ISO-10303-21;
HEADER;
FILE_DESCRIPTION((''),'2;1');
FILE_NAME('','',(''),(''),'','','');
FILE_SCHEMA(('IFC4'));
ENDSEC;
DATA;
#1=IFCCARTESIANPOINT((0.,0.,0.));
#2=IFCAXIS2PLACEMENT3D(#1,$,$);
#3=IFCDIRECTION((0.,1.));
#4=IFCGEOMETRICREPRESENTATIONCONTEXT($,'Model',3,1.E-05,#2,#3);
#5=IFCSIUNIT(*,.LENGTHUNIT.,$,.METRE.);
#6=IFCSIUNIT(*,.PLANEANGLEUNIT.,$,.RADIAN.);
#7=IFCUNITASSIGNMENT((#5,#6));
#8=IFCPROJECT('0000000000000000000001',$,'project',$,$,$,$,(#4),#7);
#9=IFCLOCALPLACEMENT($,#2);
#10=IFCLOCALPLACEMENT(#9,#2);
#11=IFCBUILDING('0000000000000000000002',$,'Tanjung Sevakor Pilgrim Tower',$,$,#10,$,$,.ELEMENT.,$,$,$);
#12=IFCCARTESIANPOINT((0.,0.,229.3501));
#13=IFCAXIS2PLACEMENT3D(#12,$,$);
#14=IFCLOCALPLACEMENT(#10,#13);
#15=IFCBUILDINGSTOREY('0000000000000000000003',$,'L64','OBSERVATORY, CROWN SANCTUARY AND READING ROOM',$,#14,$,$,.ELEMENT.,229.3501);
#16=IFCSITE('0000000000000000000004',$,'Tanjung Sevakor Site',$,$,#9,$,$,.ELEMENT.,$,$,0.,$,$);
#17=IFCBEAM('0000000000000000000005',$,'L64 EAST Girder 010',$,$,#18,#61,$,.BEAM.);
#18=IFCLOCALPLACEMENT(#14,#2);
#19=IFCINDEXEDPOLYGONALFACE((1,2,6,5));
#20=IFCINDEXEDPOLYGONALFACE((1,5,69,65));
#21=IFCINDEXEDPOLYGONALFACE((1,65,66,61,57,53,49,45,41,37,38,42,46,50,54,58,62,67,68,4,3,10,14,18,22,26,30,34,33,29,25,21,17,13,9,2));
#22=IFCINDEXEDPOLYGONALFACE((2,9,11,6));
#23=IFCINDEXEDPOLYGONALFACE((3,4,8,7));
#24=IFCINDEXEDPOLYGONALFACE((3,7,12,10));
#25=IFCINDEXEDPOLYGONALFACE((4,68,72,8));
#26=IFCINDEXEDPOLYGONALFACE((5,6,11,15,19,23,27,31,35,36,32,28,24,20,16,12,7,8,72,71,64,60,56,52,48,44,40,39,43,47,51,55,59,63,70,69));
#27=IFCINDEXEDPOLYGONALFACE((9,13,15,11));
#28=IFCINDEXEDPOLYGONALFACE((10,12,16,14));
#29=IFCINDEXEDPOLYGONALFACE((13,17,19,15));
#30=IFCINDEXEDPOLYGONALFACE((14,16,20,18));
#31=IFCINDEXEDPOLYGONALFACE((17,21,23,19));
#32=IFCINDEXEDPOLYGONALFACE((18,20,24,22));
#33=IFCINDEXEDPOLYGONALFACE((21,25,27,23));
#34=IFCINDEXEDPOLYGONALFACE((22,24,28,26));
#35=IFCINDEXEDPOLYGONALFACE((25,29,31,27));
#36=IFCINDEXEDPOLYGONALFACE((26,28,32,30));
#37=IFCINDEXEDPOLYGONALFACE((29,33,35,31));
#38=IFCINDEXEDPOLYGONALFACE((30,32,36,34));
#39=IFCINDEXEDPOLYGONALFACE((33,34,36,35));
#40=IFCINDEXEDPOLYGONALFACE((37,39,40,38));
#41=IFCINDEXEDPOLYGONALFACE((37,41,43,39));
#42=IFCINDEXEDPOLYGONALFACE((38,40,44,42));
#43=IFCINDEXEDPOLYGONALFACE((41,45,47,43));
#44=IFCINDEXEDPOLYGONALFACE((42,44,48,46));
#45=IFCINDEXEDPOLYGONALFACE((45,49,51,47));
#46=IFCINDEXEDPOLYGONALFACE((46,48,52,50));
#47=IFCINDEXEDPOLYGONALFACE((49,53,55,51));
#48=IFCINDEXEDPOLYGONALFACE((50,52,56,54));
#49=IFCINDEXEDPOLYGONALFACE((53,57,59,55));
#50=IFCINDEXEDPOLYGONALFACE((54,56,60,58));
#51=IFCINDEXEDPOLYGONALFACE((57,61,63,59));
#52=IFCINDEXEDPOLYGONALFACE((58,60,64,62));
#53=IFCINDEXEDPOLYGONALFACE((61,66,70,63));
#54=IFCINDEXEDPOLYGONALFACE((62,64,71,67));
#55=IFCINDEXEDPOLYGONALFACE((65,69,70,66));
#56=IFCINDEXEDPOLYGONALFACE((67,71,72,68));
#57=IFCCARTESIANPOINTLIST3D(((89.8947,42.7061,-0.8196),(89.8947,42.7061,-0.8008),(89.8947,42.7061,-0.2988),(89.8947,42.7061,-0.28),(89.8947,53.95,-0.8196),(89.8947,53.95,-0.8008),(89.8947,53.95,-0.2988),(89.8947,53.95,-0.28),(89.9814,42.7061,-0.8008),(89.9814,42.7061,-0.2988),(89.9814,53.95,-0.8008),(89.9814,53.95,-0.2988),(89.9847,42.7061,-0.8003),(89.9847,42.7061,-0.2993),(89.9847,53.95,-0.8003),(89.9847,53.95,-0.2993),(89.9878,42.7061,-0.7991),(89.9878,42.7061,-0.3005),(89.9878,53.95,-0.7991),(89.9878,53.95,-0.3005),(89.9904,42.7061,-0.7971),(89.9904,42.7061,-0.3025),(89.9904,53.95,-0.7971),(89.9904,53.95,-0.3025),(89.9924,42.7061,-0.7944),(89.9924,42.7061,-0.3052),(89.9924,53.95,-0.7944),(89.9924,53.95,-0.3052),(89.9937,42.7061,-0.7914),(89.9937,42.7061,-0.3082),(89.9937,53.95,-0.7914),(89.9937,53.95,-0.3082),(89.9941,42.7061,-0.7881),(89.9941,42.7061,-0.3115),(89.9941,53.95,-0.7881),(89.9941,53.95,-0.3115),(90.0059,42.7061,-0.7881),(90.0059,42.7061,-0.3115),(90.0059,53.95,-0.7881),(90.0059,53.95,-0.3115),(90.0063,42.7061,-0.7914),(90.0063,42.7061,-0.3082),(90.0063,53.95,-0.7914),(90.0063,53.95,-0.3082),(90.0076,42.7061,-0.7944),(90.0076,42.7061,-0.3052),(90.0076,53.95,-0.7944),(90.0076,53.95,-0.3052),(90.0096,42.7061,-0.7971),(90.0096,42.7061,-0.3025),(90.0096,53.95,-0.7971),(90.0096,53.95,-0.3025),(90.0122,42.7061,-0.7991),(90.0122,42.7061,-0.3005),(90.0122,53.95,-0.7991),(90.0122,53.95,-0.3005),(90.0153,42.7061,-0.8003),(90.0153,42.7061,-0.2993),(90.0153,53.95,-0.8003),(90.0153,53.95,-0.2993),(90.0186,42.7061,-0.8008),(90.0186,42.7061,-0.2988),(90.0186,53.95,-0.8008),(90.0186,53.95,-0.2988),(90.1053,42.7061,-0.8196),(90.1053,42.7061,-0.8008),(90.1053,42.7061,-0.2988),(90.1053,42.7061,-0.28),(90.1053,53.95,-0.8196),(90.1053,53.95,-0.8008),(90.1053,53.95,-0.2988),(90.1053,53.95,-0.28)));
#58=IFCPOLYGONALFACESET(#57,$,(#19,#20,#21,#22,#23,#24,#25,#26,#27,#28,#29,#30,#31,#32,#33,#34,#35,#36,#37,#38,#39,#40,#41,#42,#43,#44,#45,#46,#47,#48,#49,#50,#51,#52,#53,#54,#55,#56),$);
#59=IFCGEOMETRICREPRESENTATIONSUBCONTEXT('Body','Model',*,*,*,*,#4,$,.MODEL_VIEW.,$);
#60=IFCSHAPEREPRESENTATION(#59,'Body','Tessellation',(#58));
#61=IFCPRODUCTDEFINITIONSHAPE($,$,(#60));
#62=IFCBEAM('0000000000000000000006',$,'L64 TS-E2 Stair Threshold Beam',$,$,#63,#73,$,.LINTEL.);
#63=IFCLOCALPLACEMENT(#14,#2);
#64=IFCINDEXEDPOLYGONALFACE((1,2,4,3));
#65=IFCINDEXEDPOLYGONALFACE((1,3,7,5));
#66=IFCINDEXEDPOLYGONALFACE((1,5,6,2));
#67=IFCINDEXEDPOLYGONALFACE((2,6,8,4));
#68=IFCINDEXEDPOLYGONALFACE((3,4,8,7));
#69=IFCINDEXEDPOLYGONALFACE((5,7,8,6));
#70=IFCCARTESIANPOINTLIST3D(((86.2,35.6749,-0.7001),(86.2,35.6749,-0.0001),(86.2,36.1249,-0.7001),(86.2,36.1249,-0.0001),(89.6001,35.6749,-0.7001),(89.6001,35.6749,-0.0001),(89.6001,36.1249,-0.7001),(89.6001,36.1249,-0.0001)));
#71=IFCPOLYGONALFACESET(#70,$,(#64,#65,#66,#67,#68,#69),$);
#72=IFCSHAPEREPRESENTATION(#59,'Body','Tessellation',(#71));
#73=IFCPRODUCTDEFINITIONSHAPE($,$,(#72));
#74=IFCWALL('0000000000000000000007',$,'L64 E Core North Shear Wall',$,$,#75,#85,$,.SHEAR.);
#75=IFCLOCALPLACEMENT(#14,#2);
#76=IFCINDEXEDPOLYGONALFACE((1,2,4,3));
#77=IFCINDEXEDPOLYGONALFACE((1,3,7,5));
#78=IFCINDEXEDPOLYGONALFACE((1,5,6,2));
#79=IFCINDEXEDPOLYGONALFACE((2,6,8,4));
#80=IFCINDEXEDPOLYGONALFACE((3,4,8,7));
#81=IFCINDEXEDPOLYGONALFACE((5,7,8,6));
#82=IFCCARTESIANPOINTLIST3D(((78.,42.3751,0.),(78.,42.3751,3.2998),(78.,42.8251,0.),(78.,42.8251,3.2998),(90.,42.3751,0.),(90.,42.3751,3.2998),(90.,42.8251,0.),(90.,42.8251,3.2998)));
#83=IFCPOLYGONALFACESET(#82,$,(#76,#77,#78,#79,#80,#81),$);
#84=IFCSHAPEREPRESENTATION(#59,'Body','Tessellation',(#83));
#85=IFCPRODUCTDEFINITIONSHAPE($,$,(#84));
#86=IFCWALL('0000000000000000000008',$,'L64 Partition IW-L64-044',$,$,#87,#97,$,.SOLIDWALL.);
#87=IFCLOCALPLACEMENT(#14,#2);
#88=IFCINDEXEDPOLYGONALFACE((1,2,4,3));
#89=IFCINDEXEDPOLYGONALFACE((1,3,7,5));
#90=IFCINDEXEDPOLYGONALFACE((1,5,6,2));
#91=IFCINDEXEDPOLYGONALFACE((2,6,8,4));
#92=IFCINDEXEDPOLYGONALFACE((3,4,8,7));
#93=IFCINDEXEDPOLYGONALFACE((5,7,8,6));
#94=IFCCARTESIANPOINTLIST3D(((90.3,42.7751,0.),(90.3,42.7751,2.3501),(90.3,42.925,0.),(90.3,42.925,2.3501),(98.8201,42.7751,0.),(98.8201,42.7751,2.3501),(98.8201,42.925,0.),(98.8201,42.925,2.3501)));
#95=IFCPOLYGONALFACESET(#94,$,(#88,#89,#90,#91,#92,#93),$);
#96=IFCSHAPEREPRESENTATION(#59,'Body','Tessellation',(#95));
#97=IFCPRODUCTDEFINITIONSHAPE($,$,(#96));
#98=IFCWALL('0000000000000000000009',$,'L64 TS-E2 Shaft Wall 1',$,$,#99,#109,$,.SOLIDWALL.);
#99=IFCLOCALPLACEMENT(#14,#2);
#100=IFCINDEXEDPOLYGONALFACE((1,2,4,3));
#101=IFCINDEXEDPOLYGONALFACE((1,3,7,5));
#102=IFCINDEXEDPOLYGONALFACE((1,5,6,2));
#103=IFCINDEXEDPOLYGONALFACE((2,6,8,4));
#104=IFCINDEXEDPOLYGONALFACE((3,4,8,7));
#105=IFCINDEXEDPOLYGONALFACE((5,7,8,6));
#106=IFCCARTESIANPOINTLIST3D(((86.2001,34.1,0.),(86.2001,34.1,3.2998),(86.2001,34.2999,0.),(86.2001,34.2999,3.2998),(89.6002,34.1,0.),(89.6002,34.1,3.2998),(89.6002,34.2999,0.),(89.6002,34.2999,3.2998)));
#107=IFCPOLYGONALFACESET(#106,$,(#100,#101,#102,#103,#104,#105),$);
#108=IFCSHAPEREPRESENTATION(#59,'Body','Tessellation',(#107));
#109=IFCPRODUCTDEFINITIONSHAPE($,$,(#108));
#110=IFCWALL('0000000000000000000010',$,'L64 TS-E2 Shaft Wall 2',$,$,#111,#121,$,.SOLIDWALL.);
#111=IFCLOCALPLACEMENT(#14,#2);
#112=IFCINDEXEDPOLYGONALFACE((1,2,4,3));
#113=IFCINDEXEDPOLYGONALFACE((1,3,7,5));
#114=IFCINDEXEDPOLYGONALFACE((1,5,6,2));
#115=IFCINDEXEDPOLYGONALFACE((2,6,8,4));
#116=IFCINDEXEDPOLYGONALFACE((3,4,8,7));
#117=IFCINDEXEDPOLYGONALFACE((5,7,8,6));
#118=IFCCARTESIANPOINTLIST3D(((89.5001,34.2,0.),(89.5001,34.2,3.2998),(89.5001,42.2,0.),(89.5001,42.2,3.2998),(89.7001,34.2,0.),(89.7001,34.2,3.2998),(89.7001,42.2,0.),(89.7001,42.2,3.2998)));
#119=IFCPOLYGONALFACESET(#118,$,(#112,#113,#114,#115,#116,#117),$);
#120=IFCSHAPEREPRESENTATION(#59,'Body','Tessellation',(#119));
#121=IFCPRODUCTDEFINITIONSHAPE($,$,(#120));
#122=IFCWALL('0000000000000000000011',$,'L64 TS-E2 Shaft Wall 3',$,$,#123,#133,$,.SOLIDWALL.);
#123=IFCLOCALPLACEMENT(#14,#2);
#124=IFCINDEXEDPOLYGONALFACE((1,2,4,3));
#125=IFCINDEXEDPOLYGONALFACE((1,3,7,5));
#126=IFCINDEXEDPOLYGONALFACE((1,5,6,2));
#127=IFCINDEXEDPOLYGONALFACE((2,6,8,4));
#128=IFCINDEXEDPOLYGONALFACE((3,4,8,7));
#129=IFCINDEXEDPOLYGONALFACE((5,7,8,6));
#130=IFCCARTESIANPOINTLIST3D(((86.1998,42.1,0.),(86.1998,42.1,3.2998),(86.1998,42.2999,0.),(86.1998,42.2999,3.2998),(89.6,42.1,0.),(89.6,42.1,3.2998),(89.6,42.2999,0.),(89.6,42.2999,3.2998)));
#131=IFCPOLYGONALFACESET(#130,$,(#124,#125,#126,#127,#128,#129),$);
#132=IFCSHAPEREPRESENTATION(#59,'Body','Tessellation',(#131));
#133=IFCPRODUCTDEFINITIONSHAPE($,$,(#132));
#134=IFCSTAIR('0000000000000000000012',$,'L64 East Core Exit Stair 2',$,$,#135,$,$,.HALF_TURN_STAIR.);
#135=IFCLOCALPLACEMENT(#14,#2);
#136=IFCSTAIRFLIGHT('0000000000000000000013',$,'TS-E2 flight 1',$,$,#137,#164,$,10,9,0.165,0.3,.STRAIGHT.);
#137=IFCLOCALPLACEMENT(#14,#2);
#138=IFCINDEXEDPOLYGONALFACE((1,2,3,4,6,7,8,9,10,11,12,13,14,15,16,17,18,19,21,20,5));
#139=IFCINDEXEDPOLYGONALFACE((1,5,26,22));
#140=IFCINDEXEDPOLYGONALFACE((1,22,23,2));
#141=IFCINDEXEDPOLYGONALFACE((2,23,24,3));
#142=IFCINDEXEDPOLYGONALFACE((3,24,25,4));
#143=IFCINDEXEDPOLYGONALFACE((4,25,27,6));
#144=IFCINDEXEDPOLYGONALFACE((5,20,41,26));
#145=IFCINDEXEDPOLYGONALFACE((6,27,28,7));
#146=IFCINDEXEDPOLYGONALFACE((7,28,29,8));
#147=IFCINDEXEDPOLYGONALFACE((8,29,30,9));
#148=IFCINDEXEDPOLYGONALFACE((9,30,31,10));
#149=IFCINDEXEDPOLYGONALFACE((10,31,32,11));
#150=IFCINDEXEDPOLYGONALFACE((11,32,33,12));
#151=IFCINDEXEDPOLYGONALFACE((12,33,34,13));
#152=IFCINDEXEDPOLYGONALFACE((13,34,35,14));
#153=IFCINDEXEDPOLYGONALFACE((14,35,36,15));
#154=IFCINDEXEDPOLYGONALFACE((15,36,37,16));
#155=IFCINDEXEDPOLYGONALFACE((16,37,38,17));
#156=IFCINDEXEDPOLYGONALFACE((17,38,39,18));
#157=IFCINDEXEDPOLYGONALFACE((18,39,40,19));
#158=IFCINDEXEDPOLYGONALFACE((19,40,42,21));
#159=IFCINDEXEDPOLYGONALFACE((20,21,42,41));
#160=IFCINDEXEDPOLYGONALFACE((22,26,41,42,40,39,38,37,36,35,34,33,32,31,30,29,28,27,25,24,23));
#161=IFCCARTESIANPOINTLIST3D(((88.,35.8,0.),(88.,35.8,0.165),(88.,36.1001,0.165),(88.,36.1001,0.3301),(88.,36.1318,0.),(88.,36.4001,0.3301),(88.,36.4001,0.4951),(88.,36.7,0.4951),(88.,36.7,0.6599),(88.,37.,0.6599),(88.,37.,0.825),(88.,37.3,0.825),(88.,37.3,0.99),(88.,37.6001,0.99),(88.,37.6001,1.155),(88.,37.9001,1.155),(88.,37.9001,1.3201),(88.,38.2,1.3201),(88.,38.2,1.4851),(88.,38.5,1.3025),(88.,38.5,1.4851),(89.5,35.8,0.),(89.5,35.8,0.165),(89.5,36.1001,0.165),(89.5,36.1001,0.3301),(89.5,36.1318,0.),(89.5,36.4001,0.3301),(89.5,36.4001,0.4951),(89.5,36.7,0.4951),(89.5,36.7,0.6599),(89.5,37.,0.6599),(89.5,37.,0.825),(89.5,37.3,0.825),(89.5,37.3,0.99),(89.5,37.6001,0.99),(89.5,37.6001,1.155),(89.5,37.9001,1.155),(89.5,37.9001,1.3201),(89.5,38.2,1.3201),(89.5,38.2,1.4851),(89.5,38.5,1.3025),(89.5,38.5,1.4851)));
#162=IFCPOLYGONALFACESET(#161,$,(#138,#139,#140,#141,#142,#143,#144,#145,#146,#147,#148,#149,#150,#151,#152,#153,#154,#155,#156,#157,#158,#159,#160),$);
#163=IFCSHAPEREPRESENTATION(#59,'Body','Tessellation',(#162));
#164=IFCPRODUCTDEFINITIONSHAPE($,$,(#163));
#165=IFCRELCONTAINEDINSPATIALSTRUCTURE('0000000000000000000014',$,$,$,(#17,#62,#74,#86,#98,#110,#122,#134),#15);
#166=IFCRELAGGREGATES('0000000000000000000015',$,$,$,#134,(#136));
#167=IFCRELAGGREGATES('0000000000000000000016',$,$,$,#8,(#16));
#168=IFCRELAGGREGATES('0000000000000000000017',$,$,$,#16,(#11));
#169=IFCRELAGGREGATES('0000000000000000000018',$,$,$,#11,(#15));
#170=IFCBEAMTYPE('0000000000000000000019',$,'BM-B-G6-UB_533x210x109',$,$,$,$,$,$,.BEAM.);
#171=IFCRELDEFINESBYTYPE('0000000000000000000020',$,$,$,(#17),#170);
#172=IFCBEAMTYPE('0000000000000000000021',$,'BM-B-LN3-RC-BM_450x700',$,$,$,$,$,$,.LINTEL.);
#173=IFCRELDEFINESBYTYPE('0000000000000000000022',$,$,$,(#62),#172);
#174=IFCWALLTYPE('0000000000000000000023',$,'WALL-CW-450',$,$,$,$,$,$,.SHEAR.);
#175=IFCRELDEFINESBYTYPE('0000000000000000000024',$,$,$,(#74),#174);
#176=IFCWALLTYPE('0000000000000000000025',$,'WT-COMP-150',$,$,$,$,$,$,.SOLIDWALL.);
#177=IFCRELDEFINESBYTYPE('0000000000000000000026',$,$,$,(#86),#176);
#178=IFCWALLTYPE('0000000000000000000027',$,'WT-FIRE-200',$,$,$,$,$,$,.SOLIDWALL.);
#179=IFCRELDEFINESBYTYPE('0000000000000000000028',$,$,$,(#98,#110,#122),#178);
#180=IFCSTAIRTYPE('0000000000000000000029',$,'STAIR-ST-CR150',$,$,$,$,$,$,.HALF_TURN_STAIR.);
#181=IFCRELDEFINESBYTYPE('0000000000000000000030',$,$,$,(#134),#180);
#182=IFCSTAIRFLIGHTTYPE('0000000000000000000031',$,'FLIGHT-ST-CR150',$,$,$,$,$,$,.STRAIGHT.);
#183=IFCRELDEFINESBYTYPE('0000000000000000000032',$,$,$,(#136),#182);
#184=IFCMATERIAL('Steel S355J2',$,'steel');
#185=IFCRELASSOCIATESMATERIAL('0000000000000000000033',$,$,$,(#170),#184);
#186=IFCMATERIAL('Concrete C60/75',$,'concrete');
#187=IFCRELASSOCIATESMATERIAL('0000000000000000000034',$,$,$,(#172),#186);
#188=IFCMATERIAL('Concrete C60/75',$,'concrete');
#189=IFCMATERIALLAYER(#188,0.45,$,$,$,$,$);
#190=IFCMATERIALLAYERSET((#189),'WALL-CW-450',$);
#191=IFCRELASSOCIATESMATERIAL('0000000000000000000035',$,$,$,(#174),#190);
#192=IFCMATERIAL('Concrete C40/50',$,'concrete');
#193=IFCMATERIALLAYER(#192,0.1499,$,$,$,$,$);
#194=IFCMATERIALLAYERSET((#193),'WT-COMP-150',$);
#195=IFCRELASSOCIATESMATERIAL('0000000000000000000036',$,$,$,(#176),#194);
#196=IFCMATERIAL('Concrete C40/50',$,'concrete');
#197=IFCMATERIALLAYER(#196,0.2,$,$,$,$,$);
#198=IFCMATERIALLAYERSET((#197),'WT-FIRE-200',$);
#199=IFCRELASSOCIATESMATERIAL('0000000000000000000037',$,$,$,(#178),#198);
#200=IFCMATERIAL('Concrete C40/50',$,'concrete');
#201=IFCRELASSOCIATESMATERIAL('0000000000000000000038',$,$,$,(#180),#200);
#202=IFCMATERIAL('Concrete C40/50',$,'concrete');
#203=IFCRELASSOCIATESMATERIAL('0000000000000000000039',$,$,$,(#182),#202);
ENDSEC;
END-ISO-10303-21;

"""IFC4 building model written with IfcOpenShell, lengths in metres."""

from ifc_helpers import new_model, si_unit, direction, frame, frame_2d, origin, origin_2d, place, context, subcontext, project, spatial, polyline, rectangle, i_section, outline, extrude, material, layer, layer_set, material_profile, profile_set, type_object, element, aggregate, save


model = new_model("IFC4")

# Units and contexts
model_context = context("Model", 3, precision=1e-05, world=origin(), true_north=direction((0.0, 1.0)))
body_context = subcontext(model_context, "Body", "Model", "MODEL_VIEW")
ifc_project = project(units=[si_unit("LENGTHUNIT", "METRE"), si_unit("PLANEANGLEUNIT", "RADIAN")], contexts=[model_context])

# Site, building, storey
site_placement = place(None, origin())
site = spatial("IfcSite", under=ifc_project, at=site_placement, Name="Tanjung Sevakor Site", CompositionType="ELEMENT", RefElevation=0.0)
building_placement = place(site_placement, origin())
building = spatial("IfcBuilding", under=site, at=building_placement, Name="Tanjung Sevakor Pilgrim Tower", CompositionType="ELEMENT")
storey_placement = place(building_placement, frame((0.0, 0.0, 229.3501)))
storey = spatial("IfcBuildingStorey", under=building, at=storey_placement, Name="L64", Description="OBSERVATORY, CROWN SANCTUARY AND READING ROOM", CompositionType="ELEMENT", Elevation=229.3501)

# Beams
ifc_material_1 = material(Name="Steel S355J2", Category="steel")
ifc_material_profile_1 = material_profile(ifc_material_1, i_section(OverallWidth=0.2107, OverallDepth=0.5396, WebThickness=0.0117, FlangeThickness=0.0188, FilletRadius=0.0127, at=origin_2d()))
ifc_profile_set_1 = profile_set([ifc_material_profile_1], Name="Steel S355J2")
beam_type_1 = type_object("IfcBeamType", Name="BM-B-G6-UB_533x210x109", PredefinedType="BEAM", material=ifc_profile_set_1)
beam_1_placement = place(storey_placement, frame((90.0, 42.7061, -0.5498), z_axis=(0.0, 1.0, 0.0), x_axis=(-1.0, 0.0, 0.0)))
element("IfcBeam", 1, at=beam_1_placement, inside=storey, type_object=beam_type_1, Name="L64 EAST Girder 010", PredefinedType="BEAM", context=body_context, shape_type="SweptSolid", body=[
    extrude(i_section(OverallWidth=0.2107, OverallDepth=0.5396, WebThickness=0.0117, FlangeThickness=0.0188, FilletRadius=0.0127, at=origin_2d()), origin(), (0.0, 0.0, 1.0), 11.2439),
])
ifc_material_2 = material(Name="Concrete C60/75", Category="concrete")
ifc_material_profile_2 = material_profile(ifc_material_2, rectangle(XDim=0.45, YDim=0.7, at=origin_2d()))
ifc_profile_set_2 = profile_set([ifc_material_profile_2], Name="Concrete C60/75")
beam_type_2 = type_object("IfcBeamType", Name="BM-B-LN3-RC-BM_450x700", PredefinedType="LINTEL", material=ifc_profile_set_2)
beam_2_placement = place(storey_placement, frame((86.2, 35.8999, -0.3501), z_axis=(1.0, 0.0, 0.0), x_axis=(0.0, 1.0, 0.0)))
element("IfcBeam", 2, at=beam_2_placement, inside=storey, type_object=beam_type_2, Name="L64 TS-E2 Stair Threshold Beam", PredefinedType="LINTEL", context=body_context, shape_type="SweptSolid", body=[
    extrude(rectangle(XDim=0.45, YDim=0.7, at=origin_2d()), origin(), (0.0, 0.0, 1.0), 3.4001),
])

# Walls
ifc_material_3 = material(Name="Concrete C60/75", Category="concrete")
ifc_layer_1 = layer(ifc_material_3, 0.45)
ifc_layer_set_1 = layer_set([ifc_layer_1], Name="WALL-CW-450")
wall_type_1 = type_object("IfcWallType", Name="WALL-CW-450", PredefinedType="SHEAR", material=ifc_layer_set_1)
wall_1_placement = place(storey_placement, frame((90.0, 42.6001, 0.0), z_axis=(0.0, 0.0, 1.0), x_axis=(-1.0, 0.0, 0.0)))
element("IfcWall", 3, at=wall_1_placement, inside=storey, type_object=wall_type_1, Name="L64 E Core North Shear Wall", PredefinedType="SHEAR", context=body_context, shape_type="SweptSolid", body=[
    extrude(rectangle(XDim=12.0, YDim=0.45, at=frame_2d((6.0, 0.0))), origin(), (0.0, 0.0, 1.0), 3.2998),
])
ifc_material_4 = material(Name="Concrete C40/50", Category="concrete")
ifc_layer_2 = layer(ifc_material_4, 0.1499)
ifc_layer_set_2 = layer_set([ifc_layer_2], Name="WT-COMP-150")
wall_type_2 = type_object("IfcWallType", Name="WT-COMP-150", PredefinedType="SOLIDWALL", material=ifc_layer_set_2)
wall_2_placement = place(storey_placement, frame((90.3, 42.8501, 0.0), z_axis=(0.0, 0.0, 1.0), x_axis=(1.0, 0.0, 0.0)))
element("IfcWall", 4, at=wall_2_placement, inside=storey, type_object=wall_type_2, Name="L64 Partition IW-L64-044", PredefinedType="SOLIDWALL", context=body_context, shape_type="SweptSolid", body=[
    extrude(rectangle(XDim=8.52, YDim=0.1499, at=frame_2d((4.26, 0.0))), origin(), (0.0, 0.0, 1.0), 2.3501),
])
ifc_material_5 = material(Name="Concrete C40/50", Category="concrete")
ifc_layer_3 = layer(ifc_material_5, 0.2)
ifc_layer_set_3 = layer_set([ifc_layer_3], Name="WT-FIRE-200")
wall_type_3 = type_object("IfcWallType", Name="WT-FIRE-200", PredefinedType="SOLIDWALL", material=ifc_layer_set_3)
wall_3_placement = place(storey_placement, frame((86.2, 34.2, 0.0), z_axis=(0.0, 0.0, 1.0), x_axis=(1.0, 0.0, 0.0)))
element("IfcWall", 5, at=wall_3_placement, inside=storey, type_object=wall_type_3, Name="L64 TS-E2 Shaft Wall 1", PredefinedType="SOLIDWALL", context=body_context, shape_type="SweptSolid", body=[
    extrude(rectangle(XDim=3.4001, YDim=0.2, at=frame_2d((1.7002, 0.0))), origin(), (0.0, 0.0, 1.0), 3.2998),
])
wall_4_placement = place(storey_placement, frame((89.6001, 34.2, 0.0), z_axis=(0.0, 0.0, 1.0), x_axis=(0.0, 1.0, 0.0)))
element("IfcWall", 6, at=wall_4_placement, inside=storey, type_object=wall_type_3, Name="L64 TS-E2 Shaft Wall 2", PredefinedType="SOLIDWALL", context=body_context, shape_type="SweptSolid", body=[
    extrude(rectangle(XDim=8.0, YDim=0.2, at=frame_2d((4.0, 0.0))), origin(), (0.0, 0.0, 1.0), 3.2998),
])
wall_5_placement = place(storey_placement, frame((89.6001, 42.2, 0.0), z_axis=(0.0, 0.0, 1.0), x_axis=(-1.0, 0.0, 0.0)))
element("IfcWall", 7, at=wall_5_placement, inside=storey, type_object=wall_type_3, Name="L64 TS-E2 Shaft Wall 3", PredefinedType="SOLIDWALL", context=body_context, shape_type="SweptSolid", body=[
    extrude(rectangle(XDim=3.4001, YDim=0.2, at=frame_2d((1.7002, 0.0))), origin(), (0.0, 0.0, 1.0), 3.2998),
])

# Stair, stair flight
ifc_material_6 = material(Name="Concrete C40/50", Category="concrete")
stair_type = type_object("IfcStairType", Name="STAIR-ST-CR150", PredefinedType="HALF_TURN_STAIR", material=ifc_material_6)
stair_placement = place(storey_placement, origin())
stair = element("IfcStair", 8, at=stair_placement, inside=storey, type_object=stair_type, Name="L64 East Core Exit Stair 2", PredefinedType="HALF_TURN_STAIR")
ifc_material_7 = material(Name="Concrete C40/50", Category="concrete")
stair_flight_type = type_object("IfcStairFlightType", Name="FLIGHT-ST-CR150", PredefinedType="STRAIGHT", material=ifc_material_7)
stair_flight_1_placement = place(storey_placement, frame((88.75, 35.8, 0.0), z_axis=(0.0, 0.0, 1.0), x_axis=(0.0, 1.0, 0.0)))
stair_flight_1 = element("IfcStairFlight", 9, at=stair_flight_1_placement, type_object=stair_flight_type, Name="TS-E2 flight 1", NumberOfRisers=10, NumberOfTreads=9, PredefinedType="STRAIGHT", RiserHeight=0.165, TreadLength=0.3, context=body_context, shape_type="SweptSolid", body=[
    extrude(outline(polyline([(0.0, 0.0), (0.0, 0.165), (0.3, 0.165), (0.3, 0.3301), (0.6001, 0.3301), (0.6001, 0.4951), (0.8999, 0.4951), (0.8999, 0.6599), (1.2, 0.6599), (1.2, 0.825), (1.5, 0.825), (1.5, 0.99), (1.8, 0.99), (1.8, 1.155), (2.1001, 1.155), (2.1001, 1.3201), (2.3999, 1.3201), (2.3999, 1.4851), (2.7, 1.4851), (2.7, 1.6499), (2.7, 1.3025), (0.3318, 0.0), (0.0, 0.0)])), frame((0.0, 0.75, 0.0), z_axis=(0.0, -1.0, 0.0), x_axis=(1.0, 0.0, 0.0)), (0.0, 0.0, 1.0), 1.5),
])
aggregate(stair, [stair_flight_1])

save(model, "model.ifc")
